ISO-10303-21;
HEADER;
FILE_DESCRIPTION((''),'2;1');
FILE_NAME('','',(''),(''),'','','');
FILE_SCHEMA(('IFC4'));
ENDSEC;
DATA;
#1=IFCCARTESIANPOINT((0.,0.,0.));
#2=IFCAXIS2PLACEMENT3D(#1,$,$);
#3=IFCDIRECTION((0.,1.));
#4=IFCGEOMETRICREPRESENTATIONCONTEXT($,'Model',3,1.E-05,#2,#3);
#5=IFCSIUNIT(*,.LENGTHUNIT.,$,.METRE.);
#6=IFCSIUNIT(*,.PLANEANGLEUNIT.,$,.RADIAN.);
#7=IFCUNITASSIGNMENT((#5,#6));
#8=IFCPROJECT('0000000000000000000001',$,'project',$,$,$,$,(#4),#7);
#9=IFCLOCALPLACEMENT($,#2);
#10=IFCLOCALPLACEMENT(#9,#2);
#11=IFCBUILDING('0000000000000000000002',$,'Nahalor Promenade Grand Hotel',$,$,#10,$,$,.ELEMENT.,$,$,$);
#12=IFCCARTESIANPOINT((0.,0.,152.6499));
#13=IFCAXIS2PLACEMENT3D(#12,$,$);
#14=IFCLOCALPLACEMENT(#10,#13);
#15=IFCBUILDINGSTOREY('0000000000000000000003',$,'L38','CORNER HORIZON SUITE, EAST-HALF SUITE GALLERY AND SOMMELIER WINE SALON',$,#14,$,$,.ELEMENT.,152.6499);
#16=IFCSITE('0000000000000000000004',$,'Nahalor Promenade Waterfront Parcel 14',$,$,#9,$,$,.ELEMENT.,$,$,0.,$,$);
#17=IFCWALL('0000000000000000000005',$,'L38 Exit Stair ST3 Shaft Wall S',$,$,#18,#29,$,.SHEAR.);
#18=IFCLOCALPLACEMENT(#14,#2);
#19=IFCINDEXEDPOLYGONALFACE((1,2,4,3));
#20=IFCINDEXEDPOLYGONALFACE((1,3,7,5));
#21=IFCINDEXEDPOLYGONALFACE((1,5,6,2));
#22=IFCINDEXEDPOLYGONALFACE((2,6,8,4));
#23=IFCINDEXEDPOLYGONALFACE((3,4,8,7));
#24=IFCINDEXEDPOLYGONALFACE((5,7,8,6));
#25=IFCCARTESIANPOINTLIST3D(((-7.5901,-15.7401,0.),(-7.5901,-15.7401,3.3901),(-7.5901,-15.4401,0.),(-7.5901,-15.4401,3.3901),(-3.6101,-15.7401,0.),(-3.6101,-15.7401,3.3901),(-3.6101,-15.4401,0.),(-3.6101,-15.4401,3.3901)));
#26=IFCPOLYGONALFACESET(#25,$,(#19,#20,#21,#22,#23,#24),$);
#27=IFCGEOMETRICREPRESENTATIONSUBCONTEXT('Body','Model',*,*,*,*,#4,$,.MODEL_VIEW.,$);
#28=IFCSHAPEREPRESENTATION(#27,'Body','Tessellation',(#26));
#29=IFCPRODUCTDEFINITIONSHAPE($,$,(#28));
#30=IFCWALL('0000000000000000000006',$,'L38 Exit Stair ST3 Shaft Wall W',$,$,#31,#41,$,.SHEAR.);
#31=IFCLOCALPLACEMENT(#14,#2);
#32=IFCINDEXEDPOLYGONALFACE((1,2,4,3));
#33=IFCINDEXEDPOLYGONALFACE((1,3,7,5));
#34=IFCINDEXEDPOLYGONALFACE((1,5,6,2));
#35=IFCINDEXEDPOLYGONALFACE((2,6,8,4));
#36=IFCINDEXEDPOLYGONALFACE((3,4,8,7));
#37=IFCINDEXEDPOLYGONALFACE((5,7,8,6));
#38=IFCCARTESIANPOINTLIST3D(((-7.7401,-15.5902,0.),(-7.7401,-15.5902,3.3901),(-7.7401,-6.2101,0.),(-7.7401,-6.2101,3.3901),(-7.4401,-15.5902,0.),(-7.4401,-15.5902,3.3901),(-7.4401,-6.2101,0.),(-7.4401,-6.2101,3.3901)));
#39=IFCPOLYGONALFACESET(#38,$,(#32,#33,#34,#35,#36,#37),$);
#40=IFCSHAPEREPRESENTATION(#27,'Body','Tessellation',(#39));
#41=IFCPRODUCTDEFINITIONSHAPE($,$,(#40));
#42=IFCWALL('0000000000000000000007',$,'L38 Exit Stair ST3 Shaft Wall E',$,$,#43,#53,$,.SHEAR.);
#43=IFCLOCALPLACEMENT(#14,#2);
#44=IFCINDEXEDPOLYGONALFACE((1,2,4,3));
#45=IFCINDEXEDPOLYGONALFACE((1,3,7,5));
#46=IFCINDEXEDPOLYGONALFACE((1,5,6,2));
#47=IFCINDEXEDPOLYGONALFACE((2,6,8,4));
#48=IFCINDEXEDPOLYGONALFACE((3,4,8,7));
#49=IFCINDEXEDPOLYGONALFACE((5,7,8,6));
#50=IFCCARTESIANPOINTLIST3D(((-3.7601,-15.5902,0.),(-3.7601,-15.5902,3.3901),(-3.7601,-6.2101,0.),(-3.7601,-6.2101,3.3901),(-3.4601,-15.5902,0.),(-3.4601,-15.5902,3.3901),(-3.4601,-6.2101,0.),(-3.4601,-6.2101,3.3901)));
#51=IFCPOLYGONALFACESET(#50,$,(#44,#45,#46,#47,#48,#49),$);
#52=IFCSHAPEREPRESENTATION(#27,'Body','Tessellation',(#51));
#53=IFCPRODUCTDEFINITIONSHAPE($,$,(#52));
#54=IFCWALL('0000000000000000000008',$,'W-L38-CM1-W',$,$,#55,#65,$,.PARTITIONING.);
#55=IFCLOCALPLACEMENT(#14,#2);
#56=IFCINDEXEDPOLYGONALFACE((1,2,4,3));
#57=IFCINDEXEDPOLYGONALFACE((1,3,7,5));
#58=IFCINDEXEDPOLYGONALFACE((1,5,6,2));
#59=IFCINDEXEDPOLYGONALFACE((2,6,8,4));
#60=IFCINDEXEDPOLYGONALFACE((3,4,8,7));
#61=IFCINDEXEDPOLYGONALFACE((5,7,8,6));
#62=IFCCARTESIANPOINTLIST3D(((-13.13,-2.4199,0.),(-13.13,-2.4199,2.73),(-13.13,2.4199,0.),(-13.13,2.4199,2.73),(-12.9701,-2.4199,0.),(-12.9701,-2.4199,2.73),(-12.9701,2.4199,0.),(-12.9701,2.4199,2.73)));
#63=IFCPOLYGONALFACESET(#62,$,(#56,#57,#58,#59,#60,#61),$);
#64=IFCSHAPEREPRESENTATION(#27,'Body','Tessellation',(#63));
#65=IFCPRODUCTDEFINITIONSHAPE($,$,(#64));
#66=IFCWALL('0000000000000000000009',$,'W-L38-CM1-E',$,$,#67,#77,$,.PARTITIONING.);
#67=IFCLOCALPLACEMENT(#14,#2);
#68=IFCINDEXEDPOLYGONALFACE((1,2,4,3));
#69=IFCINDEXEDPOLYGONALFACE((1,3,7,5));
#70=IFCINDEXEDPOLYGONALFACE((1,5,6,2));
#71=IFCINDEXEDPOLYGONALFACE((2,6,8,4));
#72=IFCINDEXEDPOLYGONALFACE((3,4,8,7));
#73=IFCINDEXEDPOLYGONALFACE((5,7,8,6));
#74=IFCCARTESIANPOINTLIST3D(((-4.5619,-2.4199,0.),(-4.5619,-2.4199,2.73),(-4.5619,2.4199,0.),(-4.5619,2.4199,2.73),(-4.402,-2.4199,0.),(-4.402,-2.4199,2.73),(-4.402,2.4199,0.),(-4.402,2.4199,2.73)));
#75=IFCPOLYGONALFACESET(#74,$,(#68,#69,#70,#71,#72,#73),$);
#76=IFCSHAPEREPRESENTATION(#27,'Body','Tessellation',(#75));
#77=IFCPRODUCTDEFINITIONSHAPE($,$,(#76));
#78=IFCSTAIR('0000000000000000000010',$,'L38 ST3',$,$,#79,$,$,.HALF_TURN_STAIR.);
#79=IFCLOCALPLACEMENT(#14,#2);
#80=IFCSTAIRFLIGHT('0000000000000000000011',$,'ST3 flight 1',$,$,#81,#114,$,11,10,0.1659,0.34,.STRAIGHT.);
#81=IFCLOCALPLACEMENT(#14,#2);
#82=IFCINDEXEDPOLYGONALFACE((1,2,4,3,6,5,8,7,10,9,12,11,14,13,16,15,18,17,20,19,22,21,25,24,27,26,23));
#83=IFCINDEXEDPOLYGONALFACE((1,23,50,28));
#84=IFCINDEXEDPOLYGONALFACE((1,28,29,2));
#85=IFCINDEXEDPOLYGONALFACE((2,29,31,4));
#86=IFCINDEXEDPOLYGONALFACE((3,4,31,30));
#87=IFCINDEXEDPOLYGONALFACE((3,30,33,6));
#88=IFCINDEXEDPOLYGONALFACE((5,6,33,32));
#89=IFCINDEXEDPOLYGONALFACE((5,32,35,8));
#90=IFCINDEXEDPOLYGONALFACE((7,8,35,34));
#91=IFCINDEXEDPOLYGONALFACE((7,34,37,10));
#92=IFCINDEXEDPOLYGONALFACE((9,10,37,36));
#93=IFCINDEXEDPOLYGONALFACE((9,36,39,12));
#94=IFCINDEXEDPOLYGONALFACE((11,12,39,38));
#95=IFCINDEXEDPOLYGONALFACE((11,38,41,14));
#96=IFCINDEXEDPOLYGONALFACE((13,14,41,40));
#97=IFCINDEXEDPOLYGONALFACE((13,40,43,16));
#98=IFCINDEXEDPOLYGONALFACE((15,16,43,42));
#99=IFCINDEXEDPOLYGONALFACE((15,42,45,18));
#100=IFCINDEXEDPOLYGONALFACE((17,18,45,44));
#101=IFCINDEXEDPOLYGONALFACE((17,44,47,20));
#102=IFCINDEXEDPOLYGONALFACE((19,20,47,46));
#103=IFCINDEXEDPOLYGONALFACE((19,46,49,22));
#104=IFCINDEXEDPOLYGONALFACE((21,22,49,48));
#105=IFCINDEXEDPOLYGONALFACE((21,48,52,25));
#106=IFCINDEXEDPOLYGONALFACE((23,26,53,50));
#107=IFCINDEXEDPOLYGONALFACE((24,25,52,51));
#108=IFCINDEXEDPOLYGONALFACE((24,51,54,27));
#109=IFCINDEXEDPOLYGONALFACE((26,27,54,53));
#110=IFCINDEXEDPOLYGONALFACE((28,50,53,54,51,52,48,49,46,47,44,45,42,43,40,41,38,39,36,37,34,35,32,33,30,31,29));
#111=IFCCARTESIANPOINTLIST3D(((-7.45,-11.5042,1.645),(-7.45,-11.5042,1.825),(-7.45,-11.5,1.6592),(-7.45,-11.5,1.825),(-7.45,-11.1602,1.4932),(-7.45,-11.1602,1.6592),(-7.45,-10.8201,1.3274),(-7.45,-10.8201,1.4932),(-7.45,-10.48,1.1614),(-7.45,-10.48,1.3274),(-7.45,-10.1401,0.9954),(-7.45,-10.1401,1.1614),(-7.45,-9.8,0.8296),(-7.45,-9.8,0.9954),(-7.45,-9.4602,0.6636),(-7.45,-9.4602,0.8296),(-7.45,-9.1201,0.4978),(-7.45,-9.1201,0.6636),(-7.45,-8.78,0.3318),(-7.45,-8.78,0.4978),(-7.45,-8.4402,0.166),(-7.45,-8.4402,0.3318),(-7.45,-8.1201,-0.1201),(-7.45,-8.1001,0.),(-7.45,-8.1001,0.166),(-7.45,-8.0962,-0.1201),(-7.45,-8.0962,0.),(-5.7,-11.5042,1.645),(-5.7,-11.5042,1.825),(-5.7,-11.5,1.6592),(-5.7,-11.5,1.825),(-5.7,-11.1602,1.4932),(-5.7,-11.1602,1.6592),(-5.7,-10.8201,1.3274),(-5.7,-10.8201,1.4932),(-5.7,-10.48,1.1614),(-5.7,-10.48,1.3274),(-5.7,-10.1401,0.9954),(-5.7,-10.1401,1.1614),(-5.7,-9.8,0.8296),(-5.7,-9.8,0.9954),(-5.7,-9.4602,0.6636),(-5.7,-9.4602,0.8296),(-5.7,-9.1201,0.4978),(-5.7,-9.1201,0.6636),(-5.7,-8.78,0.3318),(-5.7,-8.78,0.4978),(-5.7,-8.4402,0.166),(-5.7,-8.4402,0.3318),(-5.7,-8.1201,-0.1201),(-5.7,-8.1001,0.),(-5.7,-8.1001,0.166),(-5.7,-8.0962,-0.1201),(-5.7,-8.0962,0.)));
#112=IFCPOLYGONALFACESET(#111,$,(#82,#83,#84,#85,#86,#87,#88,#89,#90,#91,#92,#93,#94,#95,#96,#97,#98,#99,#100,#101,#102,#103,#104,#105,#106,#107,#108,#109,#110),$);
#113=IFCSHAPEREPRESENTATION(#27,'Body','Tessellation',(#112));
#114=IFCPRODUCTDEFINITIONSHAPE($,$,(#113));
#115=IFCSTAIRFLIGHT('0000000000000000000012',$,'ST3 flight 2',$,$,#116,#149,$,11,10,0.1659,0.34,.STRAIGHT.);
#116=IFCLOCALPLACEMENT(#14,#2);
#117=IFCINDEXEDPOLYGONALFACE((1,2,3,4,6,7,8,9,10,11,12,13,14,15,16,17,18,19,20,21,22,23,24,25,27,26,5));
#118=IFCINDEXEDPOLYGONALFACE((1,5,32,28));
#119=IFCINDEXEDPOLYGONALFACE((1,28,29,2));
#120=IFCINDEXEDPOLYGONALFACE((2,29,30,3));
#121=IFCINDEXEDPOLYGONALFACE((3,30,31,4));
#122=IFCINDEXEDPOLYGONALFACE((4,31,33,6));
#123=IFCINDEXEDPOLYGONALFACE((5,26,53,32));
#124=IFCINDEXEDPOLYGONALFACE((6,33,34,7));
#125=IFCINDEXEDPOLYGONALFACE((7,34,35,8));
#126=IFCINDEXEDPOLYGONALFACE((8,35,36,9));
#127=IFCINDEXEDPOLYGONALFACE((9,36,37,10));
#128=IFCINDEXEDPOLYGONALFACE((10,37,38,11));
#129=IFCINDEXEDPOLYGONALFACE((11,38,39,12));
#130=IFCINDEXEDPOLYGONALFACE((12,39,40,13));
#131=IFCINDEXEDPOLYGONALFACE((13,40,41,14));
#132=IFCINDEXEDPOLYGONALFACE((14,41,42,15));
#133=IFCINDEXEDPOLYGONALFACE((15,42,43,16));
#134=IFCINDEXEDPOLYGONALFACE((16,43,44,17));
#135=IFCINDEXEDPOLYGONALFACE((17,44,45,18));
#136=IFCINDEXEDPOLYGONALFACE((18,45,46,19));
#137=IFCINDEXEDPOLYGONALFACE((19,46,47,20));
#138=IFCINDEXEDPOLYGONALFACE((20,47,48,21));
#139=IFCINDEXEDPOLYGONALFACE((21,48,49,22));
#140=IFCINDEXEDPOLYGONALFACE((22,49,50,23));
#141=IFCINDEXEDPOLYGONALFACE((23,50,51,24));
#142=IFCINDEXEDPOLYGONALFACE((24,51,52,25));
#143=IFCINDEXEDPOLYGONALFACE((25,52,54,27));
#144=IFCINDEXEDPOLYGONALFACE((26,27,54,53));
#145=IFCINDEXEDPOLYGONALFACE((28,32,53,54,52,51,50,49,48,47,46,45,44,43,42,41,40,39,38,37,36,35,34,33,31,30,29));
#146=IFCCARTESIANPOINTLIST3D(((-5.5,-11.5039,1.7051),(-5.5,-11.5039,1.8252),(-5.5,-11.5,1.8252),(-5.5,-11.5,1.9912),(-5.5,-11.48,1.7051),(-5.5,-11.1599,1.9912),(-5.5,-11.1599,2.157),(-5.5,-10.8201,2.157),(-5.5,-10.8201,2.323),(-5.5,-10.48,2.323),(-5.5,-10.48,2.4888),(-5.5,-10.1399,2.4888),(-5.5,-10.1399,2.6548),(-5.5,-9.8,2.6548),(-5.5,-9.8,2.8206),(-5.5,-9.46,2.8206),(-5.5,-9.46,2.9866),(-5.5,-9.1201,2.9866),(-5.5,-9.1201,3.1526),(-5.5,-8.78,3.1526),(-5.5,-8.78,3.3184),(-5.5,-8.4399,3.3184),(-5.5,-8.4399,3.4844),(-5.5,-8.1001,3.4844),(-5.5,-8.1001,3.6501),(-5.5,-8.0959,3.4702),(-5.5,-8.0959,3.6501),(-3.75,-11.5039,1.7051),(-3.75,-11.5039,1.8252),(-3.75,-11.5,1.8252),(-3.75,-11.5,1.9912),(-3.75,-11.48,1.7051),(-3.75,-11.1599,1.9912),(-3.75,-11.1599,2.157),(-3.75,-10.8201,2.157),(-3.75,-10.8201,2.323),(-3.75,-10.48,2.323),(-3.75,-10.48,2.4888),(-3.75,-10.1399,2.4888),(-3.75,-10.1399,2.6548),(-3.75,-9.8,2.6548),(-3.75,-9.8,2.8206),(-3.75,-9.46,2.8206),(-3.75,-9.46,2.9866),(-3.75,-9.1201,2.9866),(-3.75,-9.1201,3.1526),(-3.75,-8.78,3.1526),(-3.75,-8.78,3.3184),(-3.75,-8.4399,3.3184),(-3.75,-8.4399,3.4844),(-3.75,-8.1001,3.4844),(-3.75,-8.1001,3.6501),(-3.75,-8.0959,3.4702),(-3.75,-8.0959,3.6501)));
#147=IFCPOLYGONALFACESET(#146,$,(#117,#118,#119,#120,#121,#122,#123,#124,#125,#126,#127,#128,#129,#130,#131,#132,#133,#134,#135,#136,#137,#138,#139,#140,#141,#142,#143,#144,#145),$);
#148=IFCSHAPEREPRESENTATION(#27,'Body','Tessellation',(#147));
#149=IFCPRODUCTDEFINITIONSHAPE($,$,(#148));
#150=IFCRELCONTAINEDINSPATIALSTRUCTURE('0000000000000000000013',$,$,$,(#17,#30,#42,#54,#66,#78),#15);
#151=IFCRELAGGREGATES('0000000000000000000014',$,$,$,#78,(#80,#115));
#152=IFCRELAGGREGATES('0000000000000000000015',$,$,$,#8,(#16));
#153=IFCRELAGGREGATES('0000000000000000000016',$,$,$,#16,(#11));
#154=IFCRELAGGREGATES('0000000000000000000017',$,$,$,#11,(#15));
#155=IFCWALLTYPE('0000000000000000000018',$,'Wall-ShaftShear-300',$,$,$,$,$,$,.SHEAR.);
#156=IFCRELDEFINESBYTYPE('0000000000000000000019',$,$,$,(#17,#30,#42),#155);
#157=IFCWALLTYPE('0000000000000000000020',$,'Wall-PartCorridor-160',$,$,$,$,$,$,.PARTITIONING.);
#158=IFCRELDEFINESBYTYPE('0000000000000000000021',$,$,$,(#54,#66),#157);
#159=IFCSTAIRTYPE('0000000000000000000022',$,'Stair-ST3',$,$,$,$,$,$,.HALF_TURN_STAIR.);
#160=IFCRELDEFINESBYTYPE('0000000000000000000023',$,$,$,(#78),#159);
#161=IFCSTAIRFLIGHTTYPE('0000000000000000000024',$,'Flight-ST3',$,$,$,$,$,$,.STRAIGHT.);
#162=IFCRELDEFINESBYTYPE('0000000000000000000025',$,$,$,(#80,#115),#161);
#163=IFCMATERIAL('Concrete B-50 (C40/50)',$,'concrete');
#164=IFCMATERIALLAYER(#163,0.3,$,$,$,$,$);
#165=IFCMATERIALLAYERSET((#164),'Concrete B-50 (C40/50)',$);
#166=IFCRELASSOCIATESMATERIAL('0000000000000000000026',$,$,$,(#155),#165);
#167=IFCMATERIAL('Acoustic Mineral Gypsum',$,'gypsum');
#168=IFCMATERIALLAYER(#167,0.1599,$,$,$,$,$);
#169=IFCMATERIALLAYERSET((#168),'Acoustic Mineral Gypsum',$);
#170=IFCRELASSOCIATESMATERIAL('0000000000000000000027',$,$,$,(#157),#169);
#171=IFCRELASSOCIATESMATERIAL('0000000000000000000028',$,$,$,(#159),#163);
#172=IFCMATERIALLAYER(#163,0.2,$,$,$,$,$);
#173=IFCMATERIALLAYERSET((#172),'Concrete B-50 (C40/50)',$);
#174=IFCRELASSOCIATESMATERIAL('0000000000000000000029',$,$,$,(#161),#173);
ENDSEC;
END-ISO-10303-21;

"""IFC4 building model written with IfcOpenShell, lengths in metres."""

from ifc_helpers import new_model, si_unit, direction, frame, frame_2d, origin, place, context, subcontext, project, spatial, polyline, rectangle, outline, extrude, source, transform, mapped, material, layer, layer_set, type_object, element, aggregate, save


model = new_model("IFC4")

# Units and contexts
model_context = context("Model", 3, precision=1e-05, world=origin(), true_north=direction((0.0, 1.0)))
body_context = subcontext(model_context, "Body", "Model", "MODEL_VIEW")
ifc_project = project(units=[si_unit("LENGTHUNIT", "METRE"), si_unit("PLANEANGLEUNIT", "RADIAN")], contexts=[model_context])

# Site, building, storey
site_placement = place(None, origin())
site = spatial("IfcSite", under=ifc_project, at=site_placement, Name="Nahalor Promenade Waterfront Parcel 14", CompositionType="ELEMENT", RefElevation=0.0)
building_placement = place(site_placement, origin())
building = spatial("IfcBuilding", under=site, at=building_placement, Name="Nahalor Promenade Grand Hotel", CompositionType="ELEMENT")
storey_placement = place(building_placement, frame((0.0, 0.0, 152.6499)))
storey = spatial("IfcBuildingStorey", under=building, at=storey_placement, Name="L38", Description="CORNER HORIZON SUITE, EAST-HALF SUITE GALLERY AND SOMMELIER WINE SALON", CompositionType="ELEMENT", Elevation=152.6499)

# Wall
ifc_material_1 = material(Name="Concrete B-50 (C40/50)", Category="concrete")
ifc_layer_1 = layer(ifc_material_1, 0.3)
ifc_layer_set_1 = layer_set([ifc_layer_1], Name="Concrete B-50 (C40/50)")
wall_type_1 = type_object("IfcWallType", Name="Wall-ShaftShear-300", PredefinedType="SHEAR", material=ifc_layer_set_1)
shared_shape_1 = source(origin(), body_context, "Body", "SweptSolid", [
    extrude(rectangle(XDim=3.98, YDim=0.3, at=frame_2d((1.99, 0.0))), origin(), (0.0, 0.0, 1.0), 3.3901),
])
wall_1_placement = place(storey_placement, frame((-7.5901, -15.5901, 0.0), z_axis=(0.0, 0.0, 1.0), x_axis=(1.0, 0.0, 0.0)))
element("IfcWall", 1, at=wall_1_placement, inside=storey, type_object=wall_type_1, Name="L38 Exit Stair ST3 Shaft Wall S", PredefinedType="SHEAR", context=body_context, shape_type="MappedRepresentation", body=[
    mapped(shared_shape_1, transform((0.0, 0.0, 0.0), scale=1.0)),
])

# Walls
shared_shape_2 = source(origin(), body_context, "Body", "SweptSolid", [
    extrude(rectangle(XDim=9.3801, YDim=0.3, at=frame_2d((4.6899, 0.0))), origin(), (0.0, 0.0, 1.0), 3.3901),
])
for number, where, z_axis, x_axis, name in (
    (2, (-7.5901, -15.5901, 0.0), (0.0, 0.0, 1.0), (0.0, 1.0, 0.0), "L38 Exit Stair ST3 Shaft Wall W"),
    (3, (-3.6101, -15.5901, 0.0), (0.0, 0.0, 1.0), (0.0, 1.0, 0.0), "L38 Exit Stair ST3 Shaft Wall E"),
):
    element("IfcWall", number, at=place(storey_placement, frame(where, z_axis=z_axis, x_axis=x_axis)), inside=storey, type_object=wall_type_1, Name=name, PredefinedType="SHEAR", context=body_context, shape_type="MappedRepresentation", body=[
        mapped(shared_shape_2, transform((0.0, 0.0, 0.0), scale=1.0)),
    ])

# Shared definitions
ifc_material_2 = material(Name="Acoustic Mineral Gypsum", Category="gypsum")
ifc_layer_2 = layer(ifc_material_2, 0.1599)
ifc_layer_set_2 = layer_set([ifc_layer_2], Name="Acoustic Mineral Gypsum")
wall_type_2 = type_object("IfcWallType", Name="Wall-PartCorridor-160", PredefinedType="PARTITIONING", material=ifc_layer_set_2)

# Walls
shared_shape_3 = source(origin(), body_context, "Body", "SweptSolid", [
    extrude(rectangle(XDim=4.8398, YDim=0.1599, at=frame_2d((2.4199, 0.0))), origin(), (0.0, 0.0, 1.0), 2.73),
])
for number, where, z_axis, x_axis, name in (
    (4, (-13.05, -2.4199, 0.0), (0.0, 0.0, 1.0), (0.0, 1.0, 0.0), "W-L38-CM1-W"),
    (5, (-4.4819, -2.4199, 0.0), (0.0, 0.0, 1.0), (0.0, 1.0, 0.0), "W-L38-CM1-E"),
):
    element("IfcWall", number, at=place(storey_placement, frame(where, z_axis=z_axis, x_axis=x_axis)), inside=storey, type_object=wall_type_2, Name=name, PredefinedType="PARTITIONING", context=body_context, shape_type="MappedRepresentation", body=[
        mapped(shared_shape_3, transform((0.0, 0.0, 0.0), scale=1.0)),
    ])

# Stair, stair flights
stair_type = type_object("IfcStairType", Name="Stair-ST3", PredefinedType="HALF_TURN_STAIR", material=ifc_material_1)
stair_placement = place(storey_placement, origin())
stair = element("IfcStair", 6, at=stair_placement, inside=storey, type_object=stair_type, Name="L38 ST3", PredefinedType="HALF_TURN_STAIR")
ifc_layer_3 = layer(ifc_material_1, 0.2)
ifc_layer_set_3 = layer_set([ifc_layer_3], Name="Concrete B-50 (C40/50)")
stair_flight_type = type_object("IfcStairFlightType", Name="Flight-ST3", PredefinedType="STRAIGHT", material=ifc_layer_set_3)
shared_shape_4 = source(origin(), body_context, "Body", "SweptSolid", [
    extrude(outline(polyline([(-0.0039, -0.1201), (-0.0039, 0.0), (0.0, 0.0), (0.0, 0.166), (0.3401, 0.166), (0.3401, 0.3318), (0.6799, 0.3318), (0.6799, 0.4978), (1.02, 0.4978), (1.02, 0.6636), (1.3601, 0.6636), (1.3601, 0.8296), (1.7, 0.8296), (1.7, 0.9954), (2.04, 0.9954), (2.04, 1.1614), (2.3799, 1.1614), (2.3799, 1.3274), (2.72, 1.3274), (2.72, 1.4932), (3.0601, 1.4932), (3.0601, 1.6592), (3.3999, 1.6592), (3.3999, 1.825), (3.4041, 1.825), (3.4041, 1.645), (0.02, -0.1201), (-0.0039, -0.1201)])), frame((0.0, 0.875, 0.0), z_axis=(0.0, -1.0, 0.0), x_axis=(1.0, 0.0, 0.0)), (0.0, 0.0, 1.0), 1.75),
])
stair_flight_1_placement = place(storey_placement, frame((-6.575, -8.1001, 0.0), z_axis=(0.0, 0.0, 1.0), x_axis=(0.0, -1.0, 0.0)))
stair_flight_1 = element("IfcStairFlight", 7, at=stair_flight_1_placement, type_object=stair_flight_type, Name="ST3 flight 1", NumberOfRisers=11, NumberOfTreads=10, PredefinedType="STRAIGHT", RiserHeight=0.1659, TreadLength=0.34, context=body_context, shape_type="MappedRepresentation", body=[
    mapped(shared_shape_4, transform((0.0, 0.0, 0.0), scale=1.0)),
])
stair_flight_2_placement = place(storey_placement, frame((-4.625, -11.5, 1.8252), z_axis=(0.0, 0.0, 1.0), x_axis=(0.0, 1.0, 0.0)))
stair_flight_2 = element("IfcStairFlight", 8, at=stair_flight_2_placement, type_object=stair_flight_type, Name="ST3 flight 2", NumberOfRisers=11, NumberOfTreads=10, PredefinedType="STRAIGHT", RiserHeight=0.1659, TreadLength=0.34, context=body_context, shape_type="MappedRepresentation", body=[
    mapped(shared_shape_4, transform((0.0, 0.0, 0.0), scale=1.0)),
])
aggregate(stair, [stair_flight_1, stair_flight_2])

save(model, "model.ifc")
